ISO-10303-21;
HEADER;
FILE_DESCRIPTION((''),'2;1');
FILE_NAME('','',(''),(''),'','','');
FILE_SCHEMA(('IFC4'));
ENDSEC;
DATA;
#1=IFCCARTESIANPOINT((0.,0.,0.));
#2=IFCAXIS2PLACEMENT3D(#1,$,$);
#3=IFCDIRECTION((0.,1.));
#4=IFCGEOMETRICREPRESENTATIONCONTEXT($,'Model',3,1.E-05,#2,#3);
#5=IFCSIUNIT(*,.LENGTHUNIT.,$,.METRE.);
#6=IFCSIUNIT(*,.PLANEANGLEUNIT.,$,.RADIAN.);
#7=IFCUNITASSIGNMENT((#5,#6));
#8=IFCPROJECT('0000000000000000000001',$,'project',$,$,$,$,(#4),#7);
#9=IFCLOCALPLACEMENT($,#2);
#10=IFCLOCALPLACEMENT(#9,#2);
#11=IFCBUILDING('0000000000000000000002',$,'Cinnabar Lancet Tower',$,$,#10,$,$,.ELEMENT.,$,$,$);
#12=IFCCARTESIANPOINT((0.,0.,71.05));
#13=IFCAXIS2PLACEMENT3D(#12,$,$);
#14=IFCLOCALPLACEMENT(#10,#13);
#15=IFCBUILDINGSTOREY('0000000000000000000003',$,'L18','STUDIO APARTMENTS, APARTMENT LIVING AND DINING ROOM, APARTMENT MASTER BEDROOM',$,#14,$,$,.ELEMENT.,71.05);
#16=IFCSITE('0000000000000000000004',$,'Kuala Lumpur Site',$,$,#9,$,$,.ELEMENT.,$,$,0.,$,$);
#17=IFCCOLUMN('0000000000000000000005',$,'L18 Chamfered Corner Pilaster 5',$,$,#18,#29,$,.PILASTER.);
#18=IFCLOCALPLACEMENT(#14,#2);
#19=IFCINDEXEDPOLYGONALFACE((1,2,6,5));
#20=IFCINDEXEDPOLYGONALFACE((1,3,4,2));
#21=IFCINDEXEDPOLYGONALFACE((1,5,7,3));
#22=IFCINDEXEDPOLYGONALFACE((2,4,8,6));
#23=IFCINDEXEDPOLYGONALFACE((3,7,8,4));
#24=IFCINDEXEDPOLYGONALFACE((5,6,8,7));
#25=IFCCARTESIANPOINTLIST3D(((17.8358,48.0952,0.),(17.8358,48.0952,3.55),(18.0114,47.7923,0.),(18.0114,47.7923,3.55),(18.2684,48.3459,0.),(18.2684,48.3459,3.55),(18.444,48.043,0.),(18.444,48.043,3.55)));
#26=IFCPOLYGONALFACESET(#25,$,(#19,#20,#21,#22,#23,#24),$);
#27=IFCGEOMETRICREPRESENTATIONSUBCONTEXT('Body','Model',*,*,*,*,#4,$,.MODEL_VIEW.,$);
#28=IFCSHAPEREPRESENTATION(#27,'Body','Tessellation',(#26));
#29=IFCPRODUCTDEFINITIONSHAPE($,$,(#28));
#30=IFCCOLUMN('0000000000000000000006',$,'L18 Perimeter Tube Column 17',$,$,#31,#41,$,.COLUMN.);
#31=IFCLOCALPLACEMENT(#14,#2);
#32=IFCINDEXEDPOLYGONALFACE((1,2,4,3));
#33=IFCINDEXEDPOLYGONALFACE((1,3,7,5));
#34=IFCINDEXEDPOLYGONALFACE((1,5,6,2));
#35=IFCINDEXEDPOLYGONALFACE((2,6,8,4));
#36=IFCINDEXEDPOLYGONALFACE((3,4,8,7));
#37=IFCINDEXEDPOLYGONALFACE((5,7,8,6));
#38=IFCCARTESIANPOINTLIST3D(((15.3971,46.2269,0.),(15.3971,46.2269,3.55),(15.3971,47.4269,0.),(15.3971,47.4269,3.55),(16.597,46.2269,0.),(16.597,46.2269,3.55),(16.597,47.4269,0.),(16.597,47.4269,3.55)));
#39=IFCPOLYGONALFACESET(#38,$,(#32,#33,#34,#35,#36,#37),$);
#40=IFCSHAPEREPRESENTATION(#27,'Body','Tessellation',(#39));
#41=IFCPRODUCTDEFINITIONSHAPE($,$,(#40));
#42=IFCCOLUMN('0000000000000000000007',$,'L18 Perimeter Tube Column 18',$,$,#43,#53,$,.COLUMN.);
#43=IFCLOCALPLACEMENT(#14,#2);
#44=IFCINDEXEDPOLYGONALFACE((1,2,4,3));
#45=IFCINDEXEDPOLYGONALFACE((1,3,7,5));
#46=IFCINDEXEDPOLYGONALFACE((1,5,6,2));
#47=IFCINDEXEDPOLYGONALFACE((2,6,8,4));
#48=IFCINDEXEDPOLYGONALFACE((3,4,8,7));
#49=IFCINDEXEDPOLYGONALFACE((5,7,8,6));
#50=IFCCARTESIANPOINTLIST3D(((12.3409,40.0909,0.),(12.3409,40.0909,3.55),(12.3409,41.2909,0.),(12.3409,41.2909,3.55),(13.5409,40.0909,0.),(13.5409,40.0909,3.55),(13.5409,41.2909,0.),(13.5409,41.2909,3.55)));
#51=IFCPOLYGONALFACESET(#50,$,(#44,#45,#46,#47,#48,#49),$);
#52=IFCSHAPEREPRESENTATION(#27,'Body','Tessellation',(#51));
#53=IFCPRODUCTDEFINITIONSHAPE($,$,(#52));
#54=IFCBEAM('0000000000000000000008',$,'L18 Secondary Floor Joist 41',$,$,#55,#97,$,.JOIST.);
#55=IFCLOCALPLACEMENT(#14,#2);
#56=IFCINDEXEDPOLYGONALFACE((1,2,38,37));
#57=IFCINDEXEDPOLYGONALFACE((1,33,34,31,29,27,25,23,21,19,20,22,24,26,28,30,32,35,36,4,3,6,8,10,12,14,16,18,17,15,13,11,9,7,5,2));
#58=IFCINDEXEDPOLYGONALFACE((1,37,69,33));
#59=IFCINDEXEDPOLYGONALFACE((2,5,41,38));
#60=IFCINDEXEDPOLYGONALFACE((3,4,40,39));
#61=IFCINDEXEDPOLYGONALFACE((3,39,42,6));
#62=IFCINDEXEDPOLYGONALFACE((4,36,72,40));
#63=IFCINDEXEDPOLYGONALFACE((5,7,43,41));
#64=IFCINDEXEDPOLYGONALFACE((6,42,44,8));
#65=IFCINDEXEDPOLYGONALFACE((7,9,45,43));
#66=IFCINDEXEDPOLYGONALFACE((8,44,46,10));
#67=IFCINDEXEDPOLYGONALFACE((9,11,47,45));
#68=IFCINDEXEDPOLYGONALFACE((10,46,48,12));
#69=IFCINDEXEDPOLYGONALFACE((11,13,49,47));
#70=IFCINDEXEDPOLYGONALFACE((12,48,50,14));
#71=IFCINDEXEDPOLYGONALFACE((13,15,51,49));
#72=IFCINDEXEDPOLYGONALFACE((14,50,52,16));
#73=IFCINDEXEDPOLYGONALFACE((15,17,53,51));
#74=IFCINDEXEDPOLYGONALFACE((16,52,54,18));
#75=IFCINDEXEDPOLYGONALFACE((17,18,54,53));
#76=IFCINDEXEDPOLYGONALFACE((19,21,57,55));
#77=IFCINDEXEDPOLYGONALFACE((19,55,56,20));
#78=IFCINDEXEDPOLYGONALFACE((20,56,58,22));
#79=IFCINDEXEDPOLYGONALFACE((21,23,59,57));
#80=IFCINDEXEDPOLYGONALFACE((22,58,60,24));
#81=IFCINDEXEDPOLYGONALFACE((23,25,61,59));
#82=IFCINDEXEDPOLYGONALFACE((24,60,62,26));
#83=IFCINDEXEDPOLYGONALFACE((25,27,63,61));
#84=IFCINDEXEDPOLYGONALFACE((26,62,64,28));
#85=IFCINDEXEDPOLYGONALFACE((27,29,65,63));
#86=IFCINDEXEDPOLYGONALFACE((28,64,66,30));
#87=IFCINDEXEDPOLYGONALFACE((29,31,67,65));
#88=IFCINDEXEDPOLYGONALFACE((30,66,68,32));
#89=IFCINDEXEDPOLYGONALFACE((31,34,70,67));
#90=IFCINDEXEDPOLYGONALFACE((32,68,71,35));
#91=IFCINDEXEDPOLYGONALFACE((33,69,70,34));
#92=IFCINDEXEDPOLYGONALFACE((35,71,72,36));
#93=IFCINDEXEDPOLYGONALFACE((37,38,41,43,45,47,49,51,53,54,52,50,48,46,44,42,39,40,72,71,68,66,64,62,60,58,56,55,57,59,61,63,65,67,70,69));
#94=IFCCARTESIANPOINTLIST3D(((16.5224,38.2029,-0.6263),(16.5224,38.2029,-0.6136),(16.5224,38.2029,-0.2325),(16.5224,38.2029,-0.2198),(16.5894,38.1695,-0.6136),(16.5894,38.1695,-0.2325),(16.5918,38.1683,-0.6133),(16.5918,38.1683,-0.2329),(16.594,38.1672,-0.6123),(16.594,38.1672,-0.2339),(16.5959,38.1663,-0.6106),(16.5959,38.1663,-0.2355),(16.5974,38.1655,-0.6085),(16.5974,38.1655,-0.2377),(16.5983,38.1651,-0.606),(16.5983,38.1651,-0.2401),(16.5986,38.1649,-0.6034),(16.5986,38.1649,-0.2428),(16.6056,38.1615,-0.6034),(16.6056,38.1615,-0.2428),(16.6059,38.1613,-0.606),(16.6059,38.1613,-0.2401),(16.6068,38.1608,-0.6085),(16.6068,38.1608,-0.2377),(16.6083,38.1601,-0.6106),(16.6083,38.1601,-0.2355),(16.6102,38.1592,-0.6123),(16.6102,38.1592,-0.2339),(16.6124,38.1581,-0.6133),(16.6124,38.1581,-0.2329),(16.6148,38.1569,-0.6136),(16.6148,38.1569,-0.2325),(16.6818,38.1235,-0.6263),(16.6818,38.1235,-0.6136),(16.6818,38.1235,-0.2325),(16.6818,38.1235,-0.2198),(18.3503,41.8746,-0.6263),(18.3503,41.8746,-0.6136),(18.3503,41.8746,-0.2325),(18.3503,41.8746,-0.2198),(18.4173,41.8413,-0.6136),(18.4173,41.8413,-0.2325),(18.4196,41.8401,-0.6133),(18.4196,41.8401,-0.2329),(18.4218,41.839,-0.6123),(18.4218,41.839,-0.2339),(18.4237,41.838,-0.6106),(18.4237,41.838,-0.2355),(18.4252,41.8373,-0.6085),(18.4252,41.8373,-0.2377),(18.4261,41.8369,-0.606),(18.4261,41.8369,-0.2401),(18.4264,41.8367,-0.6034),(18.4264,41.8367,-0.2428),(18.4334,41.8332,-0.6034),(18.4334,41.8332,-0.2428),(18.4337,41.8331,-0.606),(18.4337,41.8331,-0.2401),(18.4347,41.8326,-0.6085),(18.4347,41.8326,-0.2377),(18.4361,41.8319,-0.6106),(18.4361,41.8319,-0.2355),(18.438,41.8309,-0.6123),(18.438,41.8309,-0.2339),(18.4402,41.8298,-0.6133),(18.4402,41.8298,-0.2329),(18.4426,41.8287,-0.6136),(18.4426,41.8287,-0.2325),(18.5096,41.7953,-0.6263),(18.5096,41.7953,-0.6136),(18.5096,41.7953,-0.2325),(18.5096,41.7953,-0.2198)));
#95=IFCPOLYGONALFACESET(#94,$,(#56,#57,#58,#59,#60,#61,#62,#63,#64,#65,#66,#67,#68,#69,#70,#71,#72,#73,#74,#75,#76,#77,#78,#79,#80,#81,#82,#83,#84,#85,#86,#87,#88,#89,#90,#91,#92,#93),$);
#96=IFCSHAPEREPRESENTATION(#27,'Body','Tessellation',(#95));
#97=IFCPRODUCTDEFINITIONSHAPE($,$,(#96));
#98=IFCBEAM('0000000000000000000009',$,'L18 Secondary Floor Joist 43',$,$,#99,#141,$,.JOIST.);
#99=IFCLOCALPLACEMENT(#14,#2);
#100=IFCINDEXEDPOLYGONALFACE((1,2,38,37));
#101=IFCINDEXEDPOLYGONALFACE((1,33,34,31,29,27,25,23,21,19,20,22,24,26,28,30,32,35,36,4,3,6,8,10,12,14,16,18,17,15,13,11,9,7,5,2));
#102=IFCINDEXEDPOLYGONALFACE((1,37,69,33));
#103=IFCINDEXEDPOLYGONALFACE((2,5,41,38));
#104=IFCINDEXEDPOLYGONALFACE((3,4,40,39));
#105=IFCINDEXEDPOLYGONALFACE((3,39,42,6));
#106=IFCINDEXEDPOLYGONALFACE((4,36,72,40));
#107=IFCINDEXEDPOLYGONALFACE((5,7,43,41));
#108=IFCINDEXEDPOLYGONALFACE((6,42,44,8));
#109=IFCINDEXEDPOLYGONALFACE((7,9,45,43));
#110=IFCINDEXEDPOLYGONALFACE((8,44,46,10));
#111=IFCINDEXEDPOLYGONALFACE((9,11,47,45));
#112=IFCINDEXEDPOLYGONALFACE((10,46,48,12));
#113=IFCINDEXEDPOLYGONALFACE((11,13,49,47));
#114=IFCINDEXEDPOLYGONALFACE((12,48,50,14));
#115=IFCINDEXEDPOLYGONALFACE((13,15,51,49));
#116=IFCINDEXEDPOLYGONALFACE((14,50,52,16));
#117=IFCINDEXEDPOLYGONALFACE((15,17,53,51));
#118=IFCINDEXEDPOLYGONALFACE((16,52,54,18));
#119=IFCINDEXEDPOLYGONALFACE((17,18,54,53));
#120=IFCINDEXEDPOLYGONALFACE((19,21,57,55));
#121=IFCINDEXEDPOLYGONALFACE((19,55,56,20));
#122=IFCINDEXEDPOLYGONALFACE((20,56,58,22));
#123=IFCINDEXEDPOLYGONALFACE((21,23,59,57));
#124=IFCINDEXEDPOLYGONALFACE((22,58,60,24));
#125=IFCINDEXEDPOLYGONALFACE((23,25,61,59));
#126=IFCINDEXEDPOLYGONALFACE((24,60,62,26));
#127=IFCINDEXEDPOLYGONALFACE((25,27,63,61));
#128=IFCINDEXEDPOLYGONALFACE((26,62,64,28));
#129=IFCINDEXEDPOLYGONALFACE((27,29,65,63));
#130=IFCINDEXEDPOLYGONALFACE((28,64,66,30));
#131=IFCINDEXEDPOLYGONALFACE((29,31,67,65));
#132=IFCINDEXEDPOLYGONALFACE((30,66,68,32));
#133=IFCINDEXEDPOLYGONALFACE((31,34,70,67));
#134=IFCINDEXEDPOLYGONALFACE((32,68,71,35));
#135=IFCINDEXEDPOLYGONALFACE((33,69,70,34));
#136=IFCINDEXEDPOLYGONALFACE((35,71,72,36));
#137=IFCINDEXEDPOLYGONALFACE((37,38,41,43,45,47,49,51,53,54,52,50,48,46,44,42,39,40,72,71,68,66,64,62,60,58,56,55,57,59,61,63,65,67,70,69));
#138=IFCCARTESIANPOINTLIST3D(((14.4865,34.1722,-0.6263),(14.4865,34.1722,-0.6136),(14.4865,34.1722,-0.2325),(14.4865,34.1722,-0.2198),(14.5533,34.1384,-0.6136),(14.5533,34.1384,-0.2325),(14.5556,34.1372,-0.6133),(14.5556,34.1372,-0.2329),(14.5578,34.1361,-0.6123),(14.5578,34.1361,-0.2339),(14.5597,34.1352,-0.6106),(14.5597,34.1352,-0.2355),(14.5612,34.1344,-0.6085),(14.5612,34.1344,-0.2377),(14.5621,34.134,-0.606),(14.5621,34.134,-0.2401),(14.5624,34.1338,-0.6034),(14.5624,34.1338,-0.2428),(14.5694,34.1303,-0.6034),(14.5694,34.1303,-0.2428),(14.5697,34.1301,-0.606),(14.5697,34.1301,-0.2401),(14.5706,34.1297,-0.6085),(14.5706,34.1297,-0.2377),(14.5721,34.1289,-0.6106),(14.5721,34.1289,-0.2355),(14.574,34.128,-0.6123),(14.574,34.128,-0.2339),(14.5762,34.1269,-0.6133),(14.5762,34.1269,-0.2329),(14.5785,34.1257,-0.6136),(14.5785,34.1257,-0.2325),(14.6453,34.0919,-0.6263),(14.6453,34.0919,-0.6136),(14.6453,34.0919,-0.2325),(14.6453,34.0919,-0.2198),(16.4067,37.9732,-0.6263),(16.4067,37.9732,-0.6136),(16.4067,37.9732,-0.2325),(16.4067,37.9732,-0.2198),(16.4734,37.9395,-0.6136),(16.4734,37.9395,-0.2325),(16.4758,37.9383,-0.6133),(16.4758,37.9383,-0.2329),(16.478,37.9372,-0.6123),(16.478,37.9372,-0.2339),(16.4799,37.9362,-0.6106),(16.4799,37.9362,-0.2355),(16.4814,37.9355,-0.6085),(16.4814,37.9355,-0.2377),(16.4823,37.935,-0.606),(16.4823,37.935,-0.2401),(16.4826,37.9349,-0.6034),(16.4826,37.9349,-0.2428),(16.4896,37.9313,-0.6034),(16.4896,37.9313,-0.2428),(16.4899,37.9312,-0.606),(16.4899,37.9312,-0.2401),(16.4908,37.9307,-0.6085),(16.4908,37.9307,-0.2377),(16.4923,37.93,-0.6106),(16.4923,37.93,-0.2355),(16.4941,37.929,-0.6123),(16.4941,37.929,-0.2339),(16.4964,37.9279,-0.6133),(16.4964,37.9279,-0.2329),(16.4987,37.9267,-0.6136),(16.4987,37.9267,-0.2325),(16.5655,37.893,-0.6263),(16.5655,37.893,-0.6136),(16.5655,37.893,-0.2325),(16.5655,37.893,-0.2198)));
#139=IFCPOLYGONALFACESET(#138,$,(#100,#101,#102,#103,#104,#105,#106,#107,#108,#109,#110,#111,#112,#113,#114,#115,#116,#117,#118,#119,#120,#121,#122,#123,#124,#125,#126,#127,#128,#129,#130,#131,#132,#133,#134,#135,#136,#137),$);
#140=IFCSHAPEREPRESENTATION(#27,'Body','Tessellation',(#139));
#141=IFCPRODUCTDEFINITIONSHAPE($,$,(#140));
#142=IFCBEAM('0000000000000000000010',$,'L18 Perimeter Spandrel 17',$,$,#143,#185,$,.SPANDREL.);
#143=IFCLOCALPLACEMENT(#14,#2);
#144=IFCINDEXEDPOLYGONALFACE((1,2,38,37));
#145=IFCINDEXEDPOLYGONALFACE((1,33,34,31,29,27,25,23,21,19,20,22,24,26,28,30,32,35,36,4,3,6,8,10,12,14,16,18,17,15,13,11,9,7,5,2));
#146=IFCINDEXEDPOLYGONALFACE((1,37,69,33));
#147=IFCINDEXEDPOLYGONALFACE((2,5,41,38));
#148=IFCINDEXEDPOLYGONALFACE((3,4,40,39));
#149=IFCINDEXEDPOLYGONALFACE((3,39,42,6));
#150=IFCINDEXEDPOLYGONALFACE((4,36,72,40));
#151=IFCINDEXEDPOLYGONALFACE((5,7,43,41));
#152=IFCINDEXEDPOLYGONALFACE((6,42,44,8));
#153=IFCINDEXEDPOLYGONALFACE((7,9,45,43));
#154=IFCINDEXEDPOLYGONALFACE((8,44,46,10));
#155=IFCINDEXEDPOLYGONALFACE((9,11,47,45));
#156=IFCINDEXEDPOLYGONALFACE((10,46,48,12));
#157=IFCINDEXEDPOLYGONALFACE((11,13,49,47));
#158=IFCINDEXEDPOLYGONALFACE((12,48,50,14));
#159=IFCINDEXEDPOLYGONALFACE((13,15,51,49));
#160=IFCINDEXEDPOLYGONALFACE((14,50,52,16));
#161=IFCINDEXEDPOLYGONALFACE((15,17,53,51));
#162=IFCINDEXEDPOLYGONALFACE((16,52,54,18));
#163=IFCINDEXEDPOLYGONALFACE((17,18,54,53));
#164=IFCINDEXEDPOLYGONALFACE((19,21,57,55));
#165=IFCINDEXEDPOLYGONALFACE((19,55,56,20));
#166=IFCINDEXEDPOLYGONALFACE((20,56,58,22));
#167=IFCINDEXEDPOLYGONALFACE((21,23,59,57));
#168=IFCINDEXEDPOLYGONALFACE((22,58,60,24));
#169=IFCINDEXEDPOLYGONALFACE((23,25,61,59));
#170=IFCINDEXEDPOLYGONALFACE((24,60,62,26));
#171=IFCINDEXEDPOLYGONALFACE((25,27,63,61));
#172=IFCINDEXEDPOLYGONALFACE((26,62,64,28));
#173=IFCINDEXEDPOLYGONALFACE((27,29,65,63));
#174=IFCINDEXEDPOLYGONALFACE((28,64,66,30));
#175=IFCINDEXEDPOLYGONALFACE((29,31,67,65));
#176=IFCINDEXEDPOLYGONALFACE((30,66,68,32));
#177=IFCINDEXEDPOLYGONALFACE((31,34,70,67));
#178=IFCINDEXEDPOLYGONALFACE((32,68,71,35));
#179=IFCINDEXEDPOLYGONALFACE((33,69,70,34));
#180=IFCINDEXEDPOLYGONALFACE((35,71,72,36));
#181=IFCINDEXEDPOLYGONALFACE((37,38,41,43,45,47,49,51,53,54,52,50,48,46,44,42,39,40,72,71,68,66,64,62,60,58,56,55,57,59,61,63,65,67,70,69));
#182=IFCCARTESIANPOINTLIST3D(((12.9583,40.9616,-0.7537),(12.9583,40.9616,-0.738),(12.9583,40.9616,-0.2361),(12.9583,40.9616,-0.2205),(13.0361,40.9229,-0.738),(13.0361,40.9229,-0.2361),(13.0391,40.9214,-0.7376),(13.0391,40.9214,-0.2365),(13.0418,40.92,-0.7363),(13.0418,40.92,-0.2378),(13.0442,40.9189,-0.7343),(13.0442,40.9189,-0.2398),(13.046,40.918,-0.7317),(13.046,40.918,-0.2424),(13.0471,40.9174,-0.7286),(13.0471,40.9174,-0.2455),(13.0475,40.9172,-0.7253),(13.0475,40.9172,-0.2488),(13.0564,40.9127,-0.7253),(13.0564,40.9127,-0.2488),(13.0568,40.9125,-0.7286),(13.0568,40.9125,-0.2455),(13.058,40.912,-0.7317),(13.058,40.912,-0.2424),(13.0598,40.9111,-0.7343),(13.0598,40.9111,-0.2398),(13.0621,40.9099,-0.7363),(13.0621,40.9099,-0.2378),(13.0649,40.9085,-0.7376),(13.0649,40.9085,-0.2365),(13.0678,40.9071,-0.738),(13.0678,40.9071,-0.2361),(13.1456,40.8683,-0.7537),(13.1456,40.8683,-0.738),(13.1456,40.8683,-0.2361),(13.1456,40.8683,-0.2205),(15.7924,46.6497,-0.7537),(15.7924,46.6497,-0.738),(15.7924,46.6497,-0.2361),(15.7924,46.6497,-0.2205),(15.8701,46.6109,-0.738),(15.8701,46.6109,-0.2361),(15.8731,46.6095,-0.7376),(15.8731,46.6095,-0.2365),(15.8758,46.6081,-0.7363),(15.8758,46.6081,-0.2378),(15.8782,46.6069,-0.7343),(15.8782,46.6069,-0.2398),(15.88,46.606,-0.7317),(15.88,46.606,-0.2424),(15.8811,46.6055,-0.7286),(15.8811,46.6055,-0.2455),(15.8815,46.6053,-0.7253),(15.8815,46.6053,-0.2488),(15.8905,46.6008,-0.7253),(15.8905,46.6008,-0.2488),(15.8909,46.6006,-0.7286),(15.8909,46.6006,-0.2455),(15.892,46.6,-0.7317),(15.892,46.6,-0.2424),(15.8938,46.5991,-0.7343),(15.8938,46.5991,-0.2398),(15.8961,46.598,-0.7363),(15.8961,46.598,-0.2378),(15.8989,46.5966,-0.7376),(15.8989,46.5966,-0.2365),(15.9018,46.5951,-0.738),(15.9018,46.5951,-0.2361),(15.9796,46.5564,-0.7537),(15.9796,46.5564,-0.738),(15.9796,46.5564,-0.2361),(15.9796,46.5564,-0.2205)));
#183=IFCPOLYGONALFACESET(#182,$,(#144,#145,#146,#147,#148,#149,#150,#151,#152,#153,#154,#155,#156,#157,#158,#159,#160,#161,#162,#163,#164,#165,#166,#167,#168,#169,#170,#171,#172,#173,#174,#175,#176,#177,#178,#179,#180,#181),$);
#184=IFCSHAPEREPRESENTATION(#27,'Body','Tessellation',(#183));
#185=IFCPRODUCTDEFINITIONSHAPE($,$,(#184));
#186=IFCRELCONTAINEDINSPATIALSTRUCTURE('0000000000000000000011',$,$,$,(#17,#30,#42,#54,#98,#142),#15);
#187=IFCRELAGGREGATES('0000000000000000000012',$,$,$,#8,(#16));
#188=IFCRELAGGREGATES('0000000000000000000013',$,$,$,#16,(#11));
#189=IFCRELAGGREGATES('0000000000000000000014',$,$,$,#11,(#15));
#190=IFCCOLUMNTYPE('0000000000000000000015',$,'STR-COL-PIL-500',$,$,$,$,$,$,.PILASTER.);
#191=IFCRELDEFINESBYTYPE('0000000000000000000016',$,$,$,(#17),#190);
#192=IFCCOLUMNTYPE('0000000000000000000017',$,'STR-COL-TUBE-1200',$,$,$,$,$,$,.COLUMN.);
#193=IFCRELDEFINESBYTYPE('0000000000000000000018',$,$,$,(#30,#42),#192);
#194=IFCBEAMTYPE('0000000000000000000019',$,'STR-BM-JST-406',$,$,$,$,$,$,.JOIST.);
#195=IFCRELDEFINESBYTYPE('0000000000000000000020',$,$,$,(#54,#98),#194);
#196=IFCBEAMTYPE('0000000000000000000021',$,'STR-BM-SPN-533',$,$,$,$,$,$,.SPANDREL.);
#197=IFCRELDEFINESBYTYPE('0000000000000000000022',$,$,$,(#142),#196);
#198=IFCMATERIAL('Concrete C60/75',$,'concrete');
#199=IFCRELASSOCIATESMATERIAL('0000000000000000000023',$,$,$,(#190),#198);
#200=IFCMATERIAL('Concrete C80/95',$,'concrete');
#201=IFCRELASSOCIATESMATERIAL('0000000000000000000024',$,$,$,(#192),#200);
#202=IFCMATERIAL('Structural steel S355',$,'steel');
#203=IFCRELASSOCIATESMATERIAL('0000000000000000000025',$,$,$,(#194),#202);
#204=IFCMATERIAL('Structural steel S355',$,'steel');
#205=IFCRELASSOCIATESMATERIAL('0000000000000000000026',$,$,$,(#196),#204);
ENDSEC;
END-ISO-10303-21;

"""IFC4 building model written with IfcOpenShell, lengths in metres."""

from ifc_helpers import new_model, si_unit, direction, frame, origin, origin_2d, place, context, subcontext, project, spatial, rectangle, i_section, extrude, material, material_profile, profile_set, type_object, element, save


model = new_model("IFC4")

# Units and contexts
model_context = context("Model", 3, precision=1e-05, world=origin(), true_north=direction((0.0, 1.0)))
body_context = subcontext(model_context, "Body", "Model", "MODEL_VIEW")
ifc_project = project(units=[si_unit("LENGTHUNIT", "METRE"), si_unit("PLANEANGLEUNIT", "RADIAN")], contexts=[model_context])

# Site, building, storey
site_placement = place(None, origin())
site = spatial("IfcSite", under=ifc_project, at=site_placement, Name="Kuala Lumpur Site", CompositionType="ELEMENT", RefElevation=0.0)
building_placement = place(site_placement, origin())
building = spatial("IfcBuilding", under=site, at=building_placement, Name="Cinnabar Lancet Tower", CompositionType="ELEMENT")
storey_placement = place(building_placement, frame((0.0, 0.0, 71.05)))
storey = spatial("IfcBuildingStorey", under=building, at=storey_placement, Name="L18", Description="STUDIO APARTMENTS, APARTMENT LIVING AND DINING ROOM, APARTMENT MASTER BEDROOM", CompositionType="ELEMENT", Elevation=71.05)

# Columns
ifc_material_1 = material(Name="Concrete C60/75", Category="concrete")
ifc_material_profile_1 = material_profile(ifc_material_1, rectangle(XDim=0.5, YDim=0.3501, at=origin_2d()), Name="RC-PIL 500x350")
ifc_profile_set_1 = profile_set([ifc_material_profile_1], Name="Concrete C60/75")
column_type_1 = type_object("IfcColumnType", Name="STR-COL-PIL-500", PredefinedType="PILASTER", material=ifc_profile_set_1)
column_placement = place(storey_placement, frame((18.1399, 48.0691, 0.0), z_axis=(0.0, 0.0, 1.0), x_axis=(-0.865195, -0.501435, 0.0)))
element("IfcColumn", 1, at=column_placement, inside=storey, type_object=column_type_1, Name="L18 Chamfered Corner Pilaster 5", PredefinedType="PILASTER", context=body_context, shape_type="SweptSolid", body=[
    extrude(rectangle(XDim=0.5, YDim=0.3501, at=origin_2d()), origin(), (0.0, 0.0, 1.0), 3.55),
])
ifc_material_2 = material(Name="Concrete C80/95", Category="concrete")
ifc_material_profile_2 = material_profile(ifc_material_2, rectangle(XDim=1.2, YDim=1.2, at=origin_2d()), Name="RC-COL 1200x1200")
ifc_profile_set_2 = profile_set([ifc_material_profile_2], Name="Concrete C80/95")
column_type_2 = type_object("IfcColumnType", Name="STR-COL-TUBE-1200", PredefinedType="COLUMN", material=ifc_profile_set_2)
for number, where, z_axis, x_axis, name in (
    (2, (15.9971, 46.8269, 0.0), (0.0, 0.0, 1.0), (1.0, 0.0, 0.0), "L18 Perimeter Tube Column 17"),
    (3, (12.9409, 40.6909, 0.0), (0.0, 0.0, 1.0), (1.0, 0.0, 0.0), "L18 Perimeter Tube Column 18"),
):
    element("IfcColumn", number, at=place(storey_placement, frame(where, z_axis=z_axis, x_axis=x_axis)), inside=storey, type_object=column_type_2, Name=name, PredefinedType="COLUMN", context=body_context, shape_type="SweptSolid", body=[
        extrude(rectangle(XDim=1.2, YDim=1.2, at=origin_2d()), origin(), (0.0, 0.0, 1.0), 3.55),
    ])

# Beams
ifc_material_3 = material(Name="Structural steel S355", Category="steel")
ifc_material_profile_3 = material_profile(ifc_material_3, i_section(OverallWidth=0.178, OverallDepth=0.4065, WebThickness=0.0078, FlangeThickness=0.0127, FilletRadius=0.0103, at=origin_2d()), Name="UKB 406x178x60")
ifc_profile_set_3 = profile_set([ifc_material_profile_3], Name="Structural steel S355")
beam_type_1 = type_object("IfcBeamType", Name="STR-BM-JST-406", PredefinedType="JOIST", material=ifc_profile_set_3)
beam_1_placement = place(storey_placement, frame((18.4299, 41.835, -0.4231), z_axis=(-0.445642, -0.895212, 0.0), x_axis=(0.895212, -0.445642, 0.0)))
element("IfcBeam", 4, at=beam_1_placement, inside=storey, type_object=beam_type_1, Name="L18 Secondary Floor Joist 41", PredefinedType="JOIST", context=body_context, shape_type="SweptSolid", body=[
    extrude(i_section(OverallWidth=0.178, OverallDepth=0.4065, WebThickness=0.0078, FlangeThickness=0.0127, FilletRadius=0.0103, at=origin_2d()), origin(), (0.0, 0.0, 1.0), 4.1016),
])
beam_2_placement = place(storey_placement, frame((16.4861, 37.9331, -0.4231), z_axis=(-0.450902, -0.892574, 0.0), x_axis=(0.892574, -0.450902, 0.0)))
element("IfcBeam", 5, at=beam_2_placement, inside=storey, type_object=beam_type_1, Name="L18 Secondary Floor Joist 43", PredefinedType="JOIST", context=body_context, shape_type="SweptSolid", body=[
    extrude(i_section(OverallWidth=0.178, OverallDepth=0.4065, WebThickness=0.0078, FlangeThickness=0.0127, FilletRadius=0.0103, at=origin_2d()), origin(), (0.0, 0.0, 1.0), 4.2585),
])
ifc_material_4 = material(Name="Structural steel S355", Category="steel")
ifc_material_profile_4 = material_profile(ifc_material_4, i_section(OverallWidth=0.2092, OverallDepth=0.5332, WebThickness=0.01, FlangeThickness=0.0156, FilletRadius=0.0127, at=origin_2d()), Name="UKB 533x210x92")
ifc_profile_set_4 = profile_set([ifc_material_profile_4], Name="Structural steel S355")
beam_type_2 = type_object("IfcBeamType", Name="STR-BM-SPN-533", PredefinedType="SPANDREL", material=ifc_profile_set_4)
beam_3_placement = place(storey_placement, frame((15.886, 46.603, -0.4871), z_axis=(-0.445953, -0.895056, 0.0), x_axis=(0.895056, -0.445953, 0.0)))
element("IfcBeam", 6, at=beam_3_placement, inside=storey, type_object=beam_type_2, Name="L18 Perimeter Spandrel 17", PredefinedType="SPANDREL", context=body_context, shape_type="SweptSolid", body=[
    extrude(i_section(OverallWidth=0.2092, OverallDepth=0.5332, WebThickness=0.01, FlangeThickness=0.0156, FilletRadius=0.0127, at=origin_2d()), origin(), (0.0, 0.0, 1.0), 6.355),
])

save(model, "model.ifc")
